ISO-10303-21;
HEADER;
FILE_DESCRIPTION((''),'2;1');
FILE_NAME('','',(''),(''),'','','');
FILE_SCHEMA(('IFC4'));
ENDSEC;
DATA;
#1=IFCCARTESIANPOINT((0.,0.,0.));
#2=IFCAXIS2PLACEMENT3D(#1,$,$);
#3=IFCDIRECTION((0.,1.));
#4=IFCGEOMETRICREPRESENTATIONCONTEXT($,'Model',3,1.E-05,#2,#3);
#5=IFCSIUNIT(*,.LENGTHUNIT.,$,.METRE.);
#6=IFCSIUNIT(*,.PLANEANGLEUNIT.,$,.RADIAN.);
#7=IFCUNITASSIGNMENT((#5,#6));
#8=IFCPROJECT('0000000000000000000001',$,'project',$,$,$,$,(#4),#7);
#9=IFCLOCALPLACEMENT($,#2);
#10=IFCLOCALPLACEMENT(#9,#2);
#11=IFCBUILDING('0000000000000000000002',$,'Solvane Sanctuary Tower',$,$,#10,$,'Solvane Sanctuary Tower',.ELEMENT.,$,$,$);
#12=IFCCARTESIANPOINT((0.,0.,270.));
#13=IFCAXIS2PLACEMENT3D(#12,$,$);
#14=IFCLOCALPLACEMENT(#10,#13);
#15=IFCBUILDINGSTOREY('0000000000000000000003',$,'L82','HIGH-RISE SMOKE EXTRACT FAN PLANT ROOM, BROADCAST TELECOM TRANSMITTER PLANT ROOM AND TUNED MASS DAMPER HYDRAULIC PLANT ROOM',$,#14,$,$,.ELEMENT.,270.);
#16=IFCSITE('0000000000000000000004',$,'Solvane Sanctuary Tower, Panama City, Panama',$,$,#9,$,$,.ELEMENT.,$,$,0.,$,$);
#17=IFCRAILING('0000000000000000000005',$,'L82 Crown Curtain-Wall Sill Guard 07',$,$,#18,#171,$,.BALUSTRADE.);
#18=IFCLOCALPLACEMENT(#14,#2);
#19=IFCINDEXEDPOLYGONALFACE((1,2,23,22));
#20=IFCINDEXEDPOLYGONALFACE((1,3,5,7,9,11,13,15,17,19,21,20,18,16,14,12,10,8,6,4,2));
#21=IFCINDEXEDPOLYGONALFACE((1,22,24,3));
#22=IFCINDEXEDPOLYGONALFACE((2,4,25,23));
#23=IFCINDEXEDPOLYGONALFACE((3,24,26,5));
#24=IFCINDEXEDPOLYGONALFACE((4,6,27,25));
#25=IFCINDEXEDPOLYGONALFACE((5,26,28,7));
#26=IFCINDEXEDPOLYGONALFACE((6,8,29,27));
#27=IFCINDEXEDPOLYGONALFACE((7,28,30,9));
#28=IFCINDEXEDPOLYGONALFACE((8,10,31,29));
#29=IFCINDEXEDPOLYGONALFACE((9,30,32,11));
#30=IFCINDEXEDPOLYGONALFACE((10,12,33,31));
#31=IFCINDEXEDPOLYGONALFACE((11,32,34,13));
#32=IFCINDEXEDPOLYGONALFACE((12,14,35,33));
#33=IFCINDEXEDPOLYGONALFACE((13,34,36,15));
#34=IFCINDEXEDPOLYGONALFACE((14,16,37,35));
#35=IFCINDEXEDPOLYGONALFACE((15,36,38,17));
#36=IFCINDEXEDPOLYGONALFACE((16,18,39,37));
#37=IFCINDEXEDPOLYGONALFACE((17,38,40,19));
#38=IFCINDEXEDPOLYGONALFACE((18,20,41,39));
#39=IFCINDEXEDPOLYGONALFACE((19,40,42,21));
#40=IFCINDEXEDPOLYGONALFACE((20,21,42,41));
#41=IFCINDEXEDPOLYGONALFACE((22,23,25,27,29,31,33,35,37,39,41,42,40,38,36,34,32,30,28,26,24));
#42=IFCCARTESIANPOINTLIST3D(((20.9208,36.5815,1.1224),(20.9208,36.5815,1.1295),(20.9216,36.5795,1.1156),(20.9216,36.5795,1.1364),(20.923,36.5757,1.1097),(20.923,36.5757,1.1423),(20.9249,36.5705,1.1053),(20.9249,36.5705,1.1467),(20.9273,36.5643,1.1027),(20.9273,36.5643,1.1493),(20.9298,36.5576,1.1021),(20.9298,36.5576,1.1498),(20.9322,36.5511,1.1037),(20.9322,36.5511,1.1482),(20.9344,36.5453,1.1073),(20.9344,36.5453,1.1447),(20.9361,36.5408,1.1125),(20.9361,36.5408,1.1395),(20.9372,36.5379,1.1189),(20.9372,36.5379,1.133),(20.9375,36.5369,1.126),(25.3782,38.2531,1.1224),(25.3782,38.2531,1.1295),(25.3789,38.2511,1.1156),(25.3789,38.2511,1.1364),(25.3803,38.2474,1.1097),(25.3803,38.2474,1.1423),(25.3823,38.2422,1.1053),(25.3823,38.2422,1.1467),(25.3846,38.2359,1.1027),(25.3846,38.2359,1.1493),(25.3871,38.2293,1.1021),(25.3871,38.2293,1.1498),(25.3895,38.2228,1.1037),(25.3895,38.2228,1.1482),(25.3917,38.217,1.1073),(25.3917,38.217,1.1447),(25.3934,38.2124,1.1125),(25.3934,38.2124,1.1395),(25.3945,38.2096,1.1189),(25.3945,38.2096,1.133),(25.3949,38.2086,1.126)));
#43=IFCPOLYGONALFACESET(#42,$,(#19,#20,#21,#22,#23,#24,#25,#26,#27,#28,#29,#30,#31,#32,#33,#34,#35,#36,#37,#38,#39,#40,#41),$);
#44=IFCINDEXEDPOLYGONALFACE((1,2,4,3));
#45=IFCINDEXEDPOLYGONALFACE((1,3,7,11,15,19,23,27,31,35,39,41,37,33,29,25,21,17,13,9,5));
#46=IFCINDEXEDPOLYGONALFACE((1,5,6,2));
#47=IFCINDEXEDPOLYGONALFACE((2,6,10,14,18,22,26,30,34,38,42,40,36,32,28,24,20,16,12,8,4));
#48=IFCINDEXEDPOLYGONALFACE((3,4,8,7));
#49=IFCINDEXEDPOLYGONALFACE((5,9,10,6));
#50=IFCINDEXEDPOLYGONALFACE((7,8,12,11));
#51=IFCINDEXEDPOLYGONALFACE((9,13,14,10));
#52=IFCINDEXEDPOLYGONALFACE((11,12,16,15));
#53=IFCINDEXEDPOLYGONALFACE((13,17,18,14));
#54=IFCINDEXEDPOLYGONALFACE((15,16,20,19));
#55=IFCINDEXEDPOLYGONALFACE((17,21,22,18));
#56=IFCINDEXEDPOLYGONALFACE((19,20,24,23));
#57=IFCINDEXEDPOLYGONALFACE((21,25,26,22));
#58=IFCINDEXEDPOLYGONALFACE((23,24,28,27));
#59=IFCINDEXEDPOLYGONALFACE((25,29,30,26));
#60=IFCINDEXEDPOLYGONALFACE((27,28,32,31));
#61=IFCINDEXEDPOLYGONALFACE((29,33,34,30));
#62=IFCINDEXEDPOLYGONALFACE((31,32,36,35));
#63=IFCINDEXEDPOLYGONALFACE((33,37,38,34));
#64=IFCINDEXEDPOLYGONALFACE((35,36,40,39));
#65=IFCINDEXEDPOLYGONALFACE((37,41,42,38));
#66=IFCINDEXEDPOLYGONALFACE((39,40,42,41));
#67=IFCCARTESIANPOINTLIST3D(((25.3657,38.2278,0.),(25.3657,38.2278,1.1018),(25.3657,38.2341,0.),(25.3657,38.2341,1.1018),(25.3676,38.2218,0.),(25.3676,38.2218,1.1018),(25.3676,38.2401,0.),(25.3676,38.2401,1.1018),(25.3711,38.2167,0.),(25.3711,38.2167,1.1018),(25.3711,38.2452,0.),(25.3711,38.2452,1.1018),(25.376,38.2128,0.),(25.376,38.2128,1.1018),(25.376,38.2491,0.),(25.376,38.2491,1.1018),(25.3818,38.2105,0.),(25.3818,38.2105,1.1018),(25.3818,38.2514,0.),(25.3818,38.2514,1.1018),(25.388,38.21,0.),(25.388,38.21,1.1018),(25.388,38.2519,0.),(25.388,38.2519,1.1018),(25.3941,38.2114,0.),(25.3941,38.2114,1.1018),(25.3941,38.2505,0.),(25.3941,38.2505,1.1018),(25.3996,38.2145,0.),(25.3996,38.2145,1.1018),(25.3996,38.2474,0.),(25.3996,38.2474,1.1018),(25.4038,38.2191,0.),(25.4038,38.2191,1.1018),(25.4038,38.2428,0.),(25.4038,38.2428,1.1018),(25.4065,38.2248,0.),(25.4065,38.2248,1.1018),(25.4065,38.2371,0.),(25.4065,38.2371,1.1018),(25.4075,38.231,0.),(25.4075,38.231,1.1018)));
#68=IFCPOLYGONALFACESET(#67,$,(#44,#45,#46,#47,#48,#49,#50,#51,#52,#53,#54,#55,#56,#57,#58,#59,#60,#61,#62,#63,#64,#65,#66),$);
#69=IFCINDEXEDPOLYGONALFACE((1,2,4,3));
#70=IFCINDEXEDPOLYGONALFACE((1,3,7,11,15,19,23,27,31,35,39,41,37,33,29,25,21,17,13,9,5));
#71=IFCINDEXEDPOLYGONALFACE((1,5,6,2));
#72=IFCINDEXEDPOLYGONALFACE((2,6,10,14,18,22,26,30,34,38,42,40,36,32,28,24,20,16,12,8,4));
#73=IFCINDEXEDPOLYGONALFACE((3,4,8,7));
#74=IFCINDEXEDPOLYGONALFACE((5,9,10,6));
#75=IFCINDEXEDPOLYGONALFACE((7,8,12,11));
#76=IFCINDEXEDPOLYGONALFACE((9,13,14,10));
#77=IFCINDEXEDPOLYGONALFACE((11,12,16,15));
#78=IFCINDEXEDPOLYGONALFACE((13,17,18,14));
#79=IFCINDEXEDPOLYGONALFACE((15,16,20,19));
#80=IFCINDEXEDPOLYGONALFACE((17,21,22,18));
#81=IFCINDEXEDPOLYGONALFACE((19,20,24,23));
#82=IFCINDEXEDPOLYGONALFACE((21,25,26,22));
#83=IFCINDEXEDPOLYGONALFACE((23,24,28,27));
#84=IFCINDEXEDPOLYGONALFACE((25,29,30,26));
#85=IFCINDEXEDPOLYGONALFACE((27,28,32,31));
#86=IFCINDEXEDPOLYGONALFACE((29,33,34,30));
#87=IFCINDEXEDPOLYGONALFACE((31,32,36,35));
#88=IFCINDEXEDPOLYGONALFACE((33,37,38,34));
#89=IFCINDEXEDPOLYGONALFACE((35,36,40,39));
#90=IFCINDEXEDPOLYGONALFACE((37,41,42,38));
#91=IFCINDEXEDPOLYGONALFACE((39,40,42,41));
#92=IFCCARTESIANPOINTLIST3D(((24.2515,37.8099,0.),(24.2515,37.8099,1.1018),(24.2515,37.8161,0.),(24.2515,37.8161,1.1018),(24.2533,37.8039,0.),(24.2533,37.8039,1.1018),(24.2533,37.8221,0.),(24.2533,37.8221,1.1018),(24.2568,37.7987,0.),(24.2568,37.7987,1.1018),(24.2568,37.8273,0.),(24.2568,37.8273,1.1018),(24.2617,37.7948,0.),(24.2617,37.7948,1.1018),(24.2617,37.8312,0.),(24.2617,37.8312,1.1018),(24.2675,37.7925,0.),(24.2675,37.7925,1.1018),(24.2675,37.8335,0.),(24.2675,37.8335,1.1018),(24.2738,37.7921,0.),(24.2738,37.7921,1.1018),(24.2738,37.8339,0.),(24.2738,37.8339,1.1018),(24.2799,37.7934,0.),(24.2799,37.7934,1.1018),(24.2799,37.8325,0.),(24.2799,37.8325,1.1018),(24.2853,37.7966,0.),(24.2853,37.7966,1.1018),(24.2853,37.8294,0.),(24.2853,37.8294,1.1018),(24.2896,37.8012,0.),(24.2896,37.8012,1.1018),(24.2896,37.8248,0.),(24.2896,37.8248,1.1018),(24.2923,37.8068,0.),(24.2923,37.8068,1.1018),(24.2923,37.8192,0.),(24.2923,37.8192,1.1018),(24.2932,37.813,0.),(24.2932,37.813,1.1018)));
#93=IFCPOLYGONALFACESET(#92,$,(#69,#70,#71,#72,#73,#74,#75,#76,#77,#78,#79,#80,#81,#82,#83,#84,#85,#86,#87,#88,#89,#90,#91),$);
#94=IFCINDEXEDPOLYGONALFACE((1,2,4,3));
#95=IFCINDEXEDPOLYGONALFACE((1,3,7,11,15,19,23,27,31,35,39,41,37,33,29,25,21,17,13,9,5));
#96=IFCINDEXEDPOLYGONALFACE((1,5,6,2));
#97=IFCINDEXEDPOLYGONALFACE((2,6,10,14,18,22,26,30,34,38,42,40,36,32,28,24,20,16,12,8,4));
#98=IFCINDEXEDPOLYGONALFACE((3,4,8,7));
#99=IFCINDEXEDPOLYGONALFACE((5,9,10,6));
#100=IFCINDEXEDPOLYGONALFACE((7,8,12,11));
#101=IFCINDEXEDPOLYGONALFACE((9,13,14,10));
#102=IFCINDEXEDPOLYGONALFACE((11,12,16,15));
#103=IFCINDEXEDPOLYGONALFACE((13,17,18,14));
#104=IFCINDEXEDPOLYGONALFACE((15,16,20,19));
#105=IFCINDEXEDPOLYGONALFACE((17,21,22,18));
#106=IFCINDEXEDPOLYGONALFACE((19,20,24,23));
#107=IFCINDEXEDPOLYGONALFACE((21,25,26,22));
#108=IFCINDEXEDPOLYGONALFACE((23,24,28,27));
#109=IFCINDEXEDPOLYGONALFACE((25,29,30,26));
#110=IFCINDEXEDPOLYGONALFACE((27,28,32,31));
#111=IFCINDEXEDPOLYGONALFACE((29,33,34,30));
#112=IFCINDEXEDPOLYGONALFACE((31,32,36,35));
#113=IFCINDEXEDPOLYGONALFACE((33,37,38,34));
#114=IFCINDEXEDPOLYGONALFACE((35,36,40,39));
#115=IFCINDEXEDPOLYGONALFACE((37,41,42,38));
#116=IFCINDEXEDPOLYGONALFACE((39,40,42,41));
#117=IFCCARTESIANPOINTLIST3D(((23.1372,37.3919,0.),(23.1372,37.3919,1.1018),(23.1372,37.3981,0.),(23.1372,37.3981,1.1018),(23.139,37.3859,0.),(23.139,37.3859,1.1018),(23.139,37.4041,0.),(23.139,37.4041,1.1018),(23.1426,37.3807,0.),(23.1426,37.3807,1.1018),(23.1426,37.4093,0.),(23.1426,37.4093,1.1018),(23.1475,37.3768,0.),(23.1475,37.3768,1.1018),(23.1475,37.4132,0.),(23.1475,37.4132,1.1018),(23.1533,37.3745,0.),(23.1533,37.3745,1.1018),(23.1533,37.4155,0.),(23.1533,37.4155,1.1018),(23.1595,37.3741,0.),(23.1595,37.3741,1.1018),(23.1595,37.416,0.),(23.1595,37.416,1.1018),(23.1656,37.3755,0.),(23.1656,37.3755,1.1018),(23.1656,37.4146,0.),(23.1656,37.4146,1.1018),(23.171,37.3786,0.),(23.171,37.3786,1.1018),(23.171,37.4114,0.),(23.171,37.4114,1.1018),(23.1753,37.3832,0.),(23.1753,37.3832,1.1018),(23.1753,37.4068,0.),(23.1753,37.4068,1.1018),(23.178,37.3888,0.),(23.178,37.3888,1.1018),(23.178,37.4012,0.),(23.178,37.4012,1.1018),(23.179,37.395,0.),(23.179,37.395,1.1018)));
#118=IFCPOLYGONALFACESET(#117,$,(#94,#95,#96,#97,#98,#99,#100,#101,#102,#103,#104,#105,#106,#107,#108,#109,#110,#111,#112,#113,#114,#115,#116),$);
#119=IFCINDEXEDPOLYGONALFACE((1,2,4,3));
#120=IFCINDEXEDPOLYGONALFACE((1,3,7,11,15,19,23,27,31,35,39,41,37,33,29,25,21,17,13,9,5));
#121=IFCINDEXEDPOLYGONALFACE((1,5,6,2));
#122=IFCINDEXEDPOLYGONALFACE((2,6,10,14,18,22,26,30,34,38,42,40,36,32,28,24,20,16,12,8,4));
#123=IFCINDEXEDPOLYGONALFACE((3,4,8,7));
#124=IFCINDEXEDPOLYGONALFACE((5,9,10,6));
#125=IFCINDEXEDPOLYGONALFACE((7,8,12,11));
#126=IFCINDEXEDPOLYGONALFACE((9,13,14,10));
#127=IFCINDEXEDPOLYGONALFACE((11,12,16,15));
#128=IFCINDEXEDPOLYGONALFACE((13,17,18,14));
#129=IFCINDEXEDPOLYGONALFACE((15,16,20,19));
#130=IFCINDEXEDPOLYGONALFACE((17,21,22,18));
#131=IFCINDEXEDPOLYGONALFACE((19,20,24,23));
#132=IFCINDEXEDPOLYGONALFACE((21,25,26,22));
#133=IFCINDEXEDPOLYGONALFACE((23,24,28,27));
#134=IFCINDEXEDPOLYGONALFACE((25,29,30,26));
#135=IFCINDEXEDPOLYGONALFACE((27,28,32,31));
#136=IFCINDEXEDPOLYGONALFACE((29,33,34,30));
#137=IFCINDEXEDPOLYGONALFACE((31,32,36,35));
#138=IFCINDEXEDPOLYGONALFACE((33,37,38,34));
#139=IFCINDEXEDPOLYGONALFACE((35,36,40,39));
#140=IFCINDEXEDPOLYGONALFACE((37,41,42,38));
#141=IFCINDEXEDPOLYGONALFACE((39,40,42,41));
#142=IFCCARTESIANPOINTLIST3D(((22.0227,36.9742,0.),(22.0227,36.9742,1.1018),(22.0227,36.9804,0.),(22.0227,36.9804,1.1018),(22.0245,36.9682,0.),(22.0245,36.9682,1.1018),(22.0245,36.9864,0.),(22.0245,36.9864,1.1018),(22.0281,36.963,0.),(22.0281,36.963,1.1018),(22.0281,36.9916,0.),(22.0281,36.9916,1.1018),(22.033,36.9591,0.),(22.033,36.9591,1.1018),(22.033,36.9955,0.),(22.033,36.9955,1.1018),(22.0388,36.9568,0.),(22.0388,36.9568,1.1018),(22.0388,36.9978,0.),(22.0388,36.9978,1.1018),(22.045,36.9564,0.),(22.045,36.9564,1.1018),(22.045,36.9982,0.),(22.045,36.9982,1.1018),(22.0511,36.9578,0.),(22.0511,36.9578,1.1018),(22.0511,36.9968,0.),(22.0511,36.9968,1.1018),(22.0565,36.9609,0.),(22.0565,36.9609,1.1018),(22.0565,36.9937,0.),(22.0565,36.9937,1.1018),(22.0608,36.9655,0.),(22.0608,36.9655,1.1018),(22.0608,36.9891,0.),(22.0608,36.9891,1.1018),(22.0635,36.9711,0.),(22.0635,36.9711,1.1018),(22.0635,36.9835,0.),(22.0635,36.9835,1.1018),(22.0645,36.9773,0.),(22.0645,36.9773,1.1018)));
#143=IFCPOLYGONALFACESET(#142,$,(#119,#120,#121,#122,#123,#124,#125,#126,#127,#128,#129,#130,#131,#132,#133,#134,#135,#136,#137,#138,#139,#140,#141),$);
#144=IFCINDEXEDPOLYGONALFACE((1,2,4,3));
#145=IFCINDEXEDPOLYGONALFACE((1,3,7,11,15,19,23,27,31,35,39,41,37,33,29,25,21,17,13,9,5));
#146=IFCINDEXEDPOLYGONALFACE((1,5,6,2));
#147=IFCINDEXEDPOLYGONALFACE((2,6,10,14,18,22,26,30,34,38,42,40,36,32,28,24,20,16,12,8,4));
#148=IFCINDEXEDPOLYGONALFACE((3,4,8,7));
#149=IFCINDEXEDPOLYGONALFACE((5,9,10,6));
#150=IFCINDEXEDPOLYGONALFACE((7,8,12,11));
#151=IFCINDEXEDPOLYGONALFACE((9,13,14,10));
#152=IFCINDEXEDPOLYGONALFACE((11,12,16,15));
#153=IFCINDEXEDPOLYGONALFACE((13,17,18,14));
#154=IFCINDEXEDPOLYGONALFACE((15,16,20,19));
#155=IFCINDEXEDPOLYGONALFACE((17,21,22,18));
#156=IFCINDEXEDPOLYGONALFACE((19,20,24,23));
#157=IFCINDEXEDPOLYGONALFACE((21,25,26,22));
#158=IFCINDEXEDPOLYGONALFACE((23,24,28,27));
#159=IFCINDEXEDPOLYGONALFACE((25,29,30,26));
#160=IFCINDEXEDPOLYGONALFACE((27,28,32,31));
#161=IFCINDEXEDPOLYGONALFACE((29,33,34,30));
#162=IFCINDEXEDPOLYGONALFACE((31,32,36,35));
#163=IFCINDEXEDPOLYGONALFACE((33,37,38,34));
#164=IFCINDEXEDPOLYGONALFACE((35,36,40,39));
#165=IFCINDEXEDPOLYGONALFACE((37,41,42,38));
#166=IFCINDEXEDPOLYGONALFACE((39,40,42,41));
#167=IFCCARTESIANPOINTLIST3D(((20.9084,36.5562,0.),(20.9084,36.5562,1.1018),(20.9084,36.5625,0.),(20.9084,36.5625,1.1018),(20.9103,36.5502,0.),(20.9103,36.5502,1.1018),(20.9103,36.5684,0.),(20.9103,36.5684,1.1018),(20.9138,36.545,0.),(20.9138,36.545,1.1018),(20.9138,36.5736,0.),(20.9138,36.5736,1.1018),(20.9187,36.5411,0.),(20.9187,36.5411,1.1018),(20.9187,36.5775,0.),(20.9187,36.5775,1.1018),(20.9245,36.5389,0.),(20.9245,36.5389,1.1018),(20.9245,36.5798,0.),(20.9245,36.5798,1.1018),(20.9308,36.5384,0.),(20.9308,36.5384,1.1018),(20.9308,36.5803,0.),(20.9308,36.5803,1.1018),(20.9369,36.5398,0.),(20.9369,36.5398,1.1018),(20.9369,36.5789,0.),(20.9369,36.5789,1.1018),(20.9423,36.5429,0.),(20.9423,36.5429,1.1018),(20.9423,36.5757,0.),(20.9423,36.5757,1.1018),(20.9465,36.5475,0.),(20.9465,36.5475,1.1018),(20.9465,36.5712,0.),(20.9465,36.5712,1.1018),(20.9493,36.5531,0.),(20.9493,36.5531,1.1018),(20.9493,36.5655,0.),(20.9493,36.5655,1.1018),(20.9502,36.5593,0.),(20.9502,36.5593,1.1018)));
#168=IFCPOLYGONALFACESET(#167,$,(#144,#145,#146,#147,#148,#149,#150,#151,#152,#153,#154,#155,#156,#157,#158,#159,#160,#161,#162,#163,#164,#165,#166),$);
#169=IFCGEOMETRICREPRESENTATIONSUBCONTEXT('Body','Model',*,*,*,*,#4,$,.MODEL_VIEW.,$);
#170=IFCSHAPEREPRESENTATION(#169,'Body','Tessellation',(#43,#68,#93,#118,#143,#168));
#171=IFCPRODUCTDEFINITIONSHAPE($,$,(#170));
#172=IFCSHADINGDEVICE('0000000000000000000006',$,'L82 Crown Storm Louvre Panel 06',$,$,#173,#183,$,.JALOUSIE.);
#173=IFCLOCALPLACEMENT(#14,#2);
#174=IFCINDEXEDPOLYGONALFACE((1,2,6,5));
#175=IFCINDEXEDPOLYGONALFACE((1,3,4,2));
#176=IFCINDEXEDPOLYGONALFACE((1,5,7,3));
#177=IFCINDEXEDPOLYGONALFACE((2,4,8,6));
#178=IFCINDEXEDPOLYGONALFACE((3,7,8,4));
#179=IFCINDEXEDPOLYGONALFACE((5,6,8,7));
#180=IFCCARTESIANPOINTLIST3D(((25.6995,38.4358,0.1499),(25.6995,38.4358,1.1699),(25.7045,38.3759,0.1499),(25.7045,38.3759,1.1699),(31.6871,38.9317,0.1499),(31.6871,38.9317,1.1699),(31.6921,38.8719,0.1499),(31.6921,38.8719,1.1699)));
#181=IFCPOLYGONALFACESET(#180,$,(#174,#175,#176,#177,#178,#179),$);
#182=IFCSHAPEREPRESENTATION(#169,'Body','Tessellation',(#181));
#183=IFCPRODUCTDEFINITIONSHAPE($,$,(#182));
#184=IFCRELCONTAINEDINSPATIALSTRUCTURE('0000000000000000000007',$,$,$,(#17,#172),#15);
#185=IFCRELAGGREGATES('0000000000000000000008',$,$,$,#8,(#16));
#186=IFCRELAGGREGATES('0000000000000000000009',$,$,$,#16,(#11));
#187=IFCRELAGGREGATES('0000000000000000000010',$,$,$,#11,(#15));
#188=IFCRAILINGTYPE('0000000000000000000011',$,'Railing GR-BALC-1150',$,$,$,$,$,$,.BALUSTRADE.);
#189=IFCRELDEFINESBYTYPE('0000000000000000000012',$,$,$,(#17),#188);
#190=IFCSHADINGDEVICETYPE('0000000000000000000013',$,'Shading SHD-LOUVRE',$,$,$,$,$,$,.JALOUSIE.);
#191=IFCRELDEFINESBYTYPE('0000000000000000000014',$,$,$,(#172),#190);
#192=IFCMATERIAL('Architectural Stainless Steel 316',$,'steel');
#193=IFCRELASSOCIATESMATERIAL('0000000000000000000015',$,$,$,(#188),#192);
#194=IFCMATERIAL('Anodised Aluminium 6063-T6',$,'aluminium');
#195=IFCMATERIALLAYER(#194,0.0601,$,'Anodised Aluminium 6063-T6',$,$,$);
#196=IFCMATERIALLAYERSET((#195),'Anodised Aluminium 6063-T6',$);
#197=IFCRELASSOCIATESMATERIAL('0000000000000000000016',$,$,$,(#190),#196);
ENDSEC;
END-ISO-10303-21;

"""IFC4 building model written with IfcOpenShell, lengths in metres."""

from ifc_helpers import new_model, si_unit, direction, frame, origin, origin_2d, place, context, subcontext, project, spatial, rectangle, circle, extrude, material, layer, layer_set, type_object, element, save


model = new_model("IFC4")

# Units and contexts
model_context = context("Model", 3, precision=1e-05, world=origin(), true_north=direction((0.0, 1.0)))
body_context = subcontext(model_context, "Body", "Model", "MODEL_VIEW")
ifc_project = project(units=[si_unit("LENGTHUNIT", "METRE"), si_unit("PLANEANGLEUNIT", "RADIAN")], contexts=[model_context])

# Site, building, storey
site_placement = place(None, origin())
site = spatial("IfcSite", under=ifc_project, at=site_placement, Name="Solvane Sanctuary Tower, Panama City, Panama", CompositionType="ELEMENT", RefElevation=0.0)
building_placement = place(site_placement, origin())
building = spatial("IfcBuilding", under=site, at=building_placement, Name="Solvane Sanctuary Tower", LongName="Solvane Sanctuary Tower", CompositionType="ELEMENT")
storey_placement = place(building_placement, frame((0.0, 0.0, 270.0)))
storey = spatial("IfcBuildingStorey", under=building, at=storey_placement, Name="L82", Description="HIGH-RISE SMOKE EXTRACT FAN PLANT ROOM, BROADCAST TELECOM TRANSMITTER PLANT ROOM AND TUNED MASS DAMPER HYDRAULIC PLANT ROOM", CompositionType="ELEMENT", Elevation=270.0)

# Shared definitions
ifc_material_1 = material(Name="Anodised Aluminium 6063-T6", Category="aluminium")

# Shared definitions
ifc_material_2 = material(Name="Architectural Stainless Steel 316", Category="steel")

# Railing
railing_type = type_object("IfcRailingType", Name="Railing GR-BALC-1150", PredefinedType="BALUSTRADE", material=ifc_material_2)
railing_placement = place(storey_placement, frame((25.3865, 38.231, 0.0)))
element("IfcRailing", 1, at=railing_placement, inside=storey, type_object=railing_type, Name="L82 Crown Curtain-Wall Sill Guard 07", PredefinedType="BALUSTRADE", context=body_context, shape_type="SweptSolid", body=[
    extrude(circle(Radius=0.0239, at=origin_2d()), frame((0.0, 0.0, 1.126), z_axis=(-0.936319, -0.351152, 0.0), x_axis=(0.351152, -0.936319, 0.0)), (0.0, 0.0, 1.0), 4.7605),
    extrude(circle(Radius=0.021, at=origin_2d()), origin(), (0.0, 0.0, 1.0), 1.1018),
    extrude(circle(Radius=0.021, at=origin_2d()), frame((-1.1143, -0.418, 0.0)), (0.0, 0.0, 1.0), 1.1018),
    extrude(circle(Radius=0.021, at=origin_2d()), frame((-2.2285, -0.8359, 0.0)), (0.0, 0.0, 1.0), 1.1018),
    extrude(circle(Radius=0.021, at=origin_2d()), frame((-3.343, -1.2537, 0.0)), (0.0, 0.0, 1.0), 1.1018),
    extrude(circle(Radius=0.021, at=origin_2d()), frame((-4.4573, -1.6716, 0.0)), (0.0, 0.0, 1.0), 1.1018),
])

# Shading device
ifc_layer_1 = layer(ifc_material_1, 0.0601, Name="Anodised Aluminium 6063-T6")
ifc_layer_set_1 = layer_set([ifc_layer_1], Name="Anodised Aluminium 6063-T6")
shading_device_type = type_object("IfcShadingDeviceType", Name="Shading SHD-LOUVRE", PredefinedType="JALOUSIE", material=ifc_layer_set_1)
shading_device_placement = place(storey_placement, frame((28.6958, 38.6538, 0.1499), z_axis=(0.0, 0.0, 1.0), x_axis=(-0.996587, -0.082551, 0.0)))
element("IfcShadingDevice", 2, at=shading_device_placement, inside=storey, type_object=shading_device_type, Name="L82 Crown Storm Louvre Panel 06", PredefinedType="JALOUSIE", context=body_context, shape_type="SweptSolid", body=[
    extrude(rectangle(XDim=6.0081, YDim=0.0601, at=origin_2d()), origin(), (0.0, 0.0, 1.0), 1.02),
])

save(model, "model.ifc")
